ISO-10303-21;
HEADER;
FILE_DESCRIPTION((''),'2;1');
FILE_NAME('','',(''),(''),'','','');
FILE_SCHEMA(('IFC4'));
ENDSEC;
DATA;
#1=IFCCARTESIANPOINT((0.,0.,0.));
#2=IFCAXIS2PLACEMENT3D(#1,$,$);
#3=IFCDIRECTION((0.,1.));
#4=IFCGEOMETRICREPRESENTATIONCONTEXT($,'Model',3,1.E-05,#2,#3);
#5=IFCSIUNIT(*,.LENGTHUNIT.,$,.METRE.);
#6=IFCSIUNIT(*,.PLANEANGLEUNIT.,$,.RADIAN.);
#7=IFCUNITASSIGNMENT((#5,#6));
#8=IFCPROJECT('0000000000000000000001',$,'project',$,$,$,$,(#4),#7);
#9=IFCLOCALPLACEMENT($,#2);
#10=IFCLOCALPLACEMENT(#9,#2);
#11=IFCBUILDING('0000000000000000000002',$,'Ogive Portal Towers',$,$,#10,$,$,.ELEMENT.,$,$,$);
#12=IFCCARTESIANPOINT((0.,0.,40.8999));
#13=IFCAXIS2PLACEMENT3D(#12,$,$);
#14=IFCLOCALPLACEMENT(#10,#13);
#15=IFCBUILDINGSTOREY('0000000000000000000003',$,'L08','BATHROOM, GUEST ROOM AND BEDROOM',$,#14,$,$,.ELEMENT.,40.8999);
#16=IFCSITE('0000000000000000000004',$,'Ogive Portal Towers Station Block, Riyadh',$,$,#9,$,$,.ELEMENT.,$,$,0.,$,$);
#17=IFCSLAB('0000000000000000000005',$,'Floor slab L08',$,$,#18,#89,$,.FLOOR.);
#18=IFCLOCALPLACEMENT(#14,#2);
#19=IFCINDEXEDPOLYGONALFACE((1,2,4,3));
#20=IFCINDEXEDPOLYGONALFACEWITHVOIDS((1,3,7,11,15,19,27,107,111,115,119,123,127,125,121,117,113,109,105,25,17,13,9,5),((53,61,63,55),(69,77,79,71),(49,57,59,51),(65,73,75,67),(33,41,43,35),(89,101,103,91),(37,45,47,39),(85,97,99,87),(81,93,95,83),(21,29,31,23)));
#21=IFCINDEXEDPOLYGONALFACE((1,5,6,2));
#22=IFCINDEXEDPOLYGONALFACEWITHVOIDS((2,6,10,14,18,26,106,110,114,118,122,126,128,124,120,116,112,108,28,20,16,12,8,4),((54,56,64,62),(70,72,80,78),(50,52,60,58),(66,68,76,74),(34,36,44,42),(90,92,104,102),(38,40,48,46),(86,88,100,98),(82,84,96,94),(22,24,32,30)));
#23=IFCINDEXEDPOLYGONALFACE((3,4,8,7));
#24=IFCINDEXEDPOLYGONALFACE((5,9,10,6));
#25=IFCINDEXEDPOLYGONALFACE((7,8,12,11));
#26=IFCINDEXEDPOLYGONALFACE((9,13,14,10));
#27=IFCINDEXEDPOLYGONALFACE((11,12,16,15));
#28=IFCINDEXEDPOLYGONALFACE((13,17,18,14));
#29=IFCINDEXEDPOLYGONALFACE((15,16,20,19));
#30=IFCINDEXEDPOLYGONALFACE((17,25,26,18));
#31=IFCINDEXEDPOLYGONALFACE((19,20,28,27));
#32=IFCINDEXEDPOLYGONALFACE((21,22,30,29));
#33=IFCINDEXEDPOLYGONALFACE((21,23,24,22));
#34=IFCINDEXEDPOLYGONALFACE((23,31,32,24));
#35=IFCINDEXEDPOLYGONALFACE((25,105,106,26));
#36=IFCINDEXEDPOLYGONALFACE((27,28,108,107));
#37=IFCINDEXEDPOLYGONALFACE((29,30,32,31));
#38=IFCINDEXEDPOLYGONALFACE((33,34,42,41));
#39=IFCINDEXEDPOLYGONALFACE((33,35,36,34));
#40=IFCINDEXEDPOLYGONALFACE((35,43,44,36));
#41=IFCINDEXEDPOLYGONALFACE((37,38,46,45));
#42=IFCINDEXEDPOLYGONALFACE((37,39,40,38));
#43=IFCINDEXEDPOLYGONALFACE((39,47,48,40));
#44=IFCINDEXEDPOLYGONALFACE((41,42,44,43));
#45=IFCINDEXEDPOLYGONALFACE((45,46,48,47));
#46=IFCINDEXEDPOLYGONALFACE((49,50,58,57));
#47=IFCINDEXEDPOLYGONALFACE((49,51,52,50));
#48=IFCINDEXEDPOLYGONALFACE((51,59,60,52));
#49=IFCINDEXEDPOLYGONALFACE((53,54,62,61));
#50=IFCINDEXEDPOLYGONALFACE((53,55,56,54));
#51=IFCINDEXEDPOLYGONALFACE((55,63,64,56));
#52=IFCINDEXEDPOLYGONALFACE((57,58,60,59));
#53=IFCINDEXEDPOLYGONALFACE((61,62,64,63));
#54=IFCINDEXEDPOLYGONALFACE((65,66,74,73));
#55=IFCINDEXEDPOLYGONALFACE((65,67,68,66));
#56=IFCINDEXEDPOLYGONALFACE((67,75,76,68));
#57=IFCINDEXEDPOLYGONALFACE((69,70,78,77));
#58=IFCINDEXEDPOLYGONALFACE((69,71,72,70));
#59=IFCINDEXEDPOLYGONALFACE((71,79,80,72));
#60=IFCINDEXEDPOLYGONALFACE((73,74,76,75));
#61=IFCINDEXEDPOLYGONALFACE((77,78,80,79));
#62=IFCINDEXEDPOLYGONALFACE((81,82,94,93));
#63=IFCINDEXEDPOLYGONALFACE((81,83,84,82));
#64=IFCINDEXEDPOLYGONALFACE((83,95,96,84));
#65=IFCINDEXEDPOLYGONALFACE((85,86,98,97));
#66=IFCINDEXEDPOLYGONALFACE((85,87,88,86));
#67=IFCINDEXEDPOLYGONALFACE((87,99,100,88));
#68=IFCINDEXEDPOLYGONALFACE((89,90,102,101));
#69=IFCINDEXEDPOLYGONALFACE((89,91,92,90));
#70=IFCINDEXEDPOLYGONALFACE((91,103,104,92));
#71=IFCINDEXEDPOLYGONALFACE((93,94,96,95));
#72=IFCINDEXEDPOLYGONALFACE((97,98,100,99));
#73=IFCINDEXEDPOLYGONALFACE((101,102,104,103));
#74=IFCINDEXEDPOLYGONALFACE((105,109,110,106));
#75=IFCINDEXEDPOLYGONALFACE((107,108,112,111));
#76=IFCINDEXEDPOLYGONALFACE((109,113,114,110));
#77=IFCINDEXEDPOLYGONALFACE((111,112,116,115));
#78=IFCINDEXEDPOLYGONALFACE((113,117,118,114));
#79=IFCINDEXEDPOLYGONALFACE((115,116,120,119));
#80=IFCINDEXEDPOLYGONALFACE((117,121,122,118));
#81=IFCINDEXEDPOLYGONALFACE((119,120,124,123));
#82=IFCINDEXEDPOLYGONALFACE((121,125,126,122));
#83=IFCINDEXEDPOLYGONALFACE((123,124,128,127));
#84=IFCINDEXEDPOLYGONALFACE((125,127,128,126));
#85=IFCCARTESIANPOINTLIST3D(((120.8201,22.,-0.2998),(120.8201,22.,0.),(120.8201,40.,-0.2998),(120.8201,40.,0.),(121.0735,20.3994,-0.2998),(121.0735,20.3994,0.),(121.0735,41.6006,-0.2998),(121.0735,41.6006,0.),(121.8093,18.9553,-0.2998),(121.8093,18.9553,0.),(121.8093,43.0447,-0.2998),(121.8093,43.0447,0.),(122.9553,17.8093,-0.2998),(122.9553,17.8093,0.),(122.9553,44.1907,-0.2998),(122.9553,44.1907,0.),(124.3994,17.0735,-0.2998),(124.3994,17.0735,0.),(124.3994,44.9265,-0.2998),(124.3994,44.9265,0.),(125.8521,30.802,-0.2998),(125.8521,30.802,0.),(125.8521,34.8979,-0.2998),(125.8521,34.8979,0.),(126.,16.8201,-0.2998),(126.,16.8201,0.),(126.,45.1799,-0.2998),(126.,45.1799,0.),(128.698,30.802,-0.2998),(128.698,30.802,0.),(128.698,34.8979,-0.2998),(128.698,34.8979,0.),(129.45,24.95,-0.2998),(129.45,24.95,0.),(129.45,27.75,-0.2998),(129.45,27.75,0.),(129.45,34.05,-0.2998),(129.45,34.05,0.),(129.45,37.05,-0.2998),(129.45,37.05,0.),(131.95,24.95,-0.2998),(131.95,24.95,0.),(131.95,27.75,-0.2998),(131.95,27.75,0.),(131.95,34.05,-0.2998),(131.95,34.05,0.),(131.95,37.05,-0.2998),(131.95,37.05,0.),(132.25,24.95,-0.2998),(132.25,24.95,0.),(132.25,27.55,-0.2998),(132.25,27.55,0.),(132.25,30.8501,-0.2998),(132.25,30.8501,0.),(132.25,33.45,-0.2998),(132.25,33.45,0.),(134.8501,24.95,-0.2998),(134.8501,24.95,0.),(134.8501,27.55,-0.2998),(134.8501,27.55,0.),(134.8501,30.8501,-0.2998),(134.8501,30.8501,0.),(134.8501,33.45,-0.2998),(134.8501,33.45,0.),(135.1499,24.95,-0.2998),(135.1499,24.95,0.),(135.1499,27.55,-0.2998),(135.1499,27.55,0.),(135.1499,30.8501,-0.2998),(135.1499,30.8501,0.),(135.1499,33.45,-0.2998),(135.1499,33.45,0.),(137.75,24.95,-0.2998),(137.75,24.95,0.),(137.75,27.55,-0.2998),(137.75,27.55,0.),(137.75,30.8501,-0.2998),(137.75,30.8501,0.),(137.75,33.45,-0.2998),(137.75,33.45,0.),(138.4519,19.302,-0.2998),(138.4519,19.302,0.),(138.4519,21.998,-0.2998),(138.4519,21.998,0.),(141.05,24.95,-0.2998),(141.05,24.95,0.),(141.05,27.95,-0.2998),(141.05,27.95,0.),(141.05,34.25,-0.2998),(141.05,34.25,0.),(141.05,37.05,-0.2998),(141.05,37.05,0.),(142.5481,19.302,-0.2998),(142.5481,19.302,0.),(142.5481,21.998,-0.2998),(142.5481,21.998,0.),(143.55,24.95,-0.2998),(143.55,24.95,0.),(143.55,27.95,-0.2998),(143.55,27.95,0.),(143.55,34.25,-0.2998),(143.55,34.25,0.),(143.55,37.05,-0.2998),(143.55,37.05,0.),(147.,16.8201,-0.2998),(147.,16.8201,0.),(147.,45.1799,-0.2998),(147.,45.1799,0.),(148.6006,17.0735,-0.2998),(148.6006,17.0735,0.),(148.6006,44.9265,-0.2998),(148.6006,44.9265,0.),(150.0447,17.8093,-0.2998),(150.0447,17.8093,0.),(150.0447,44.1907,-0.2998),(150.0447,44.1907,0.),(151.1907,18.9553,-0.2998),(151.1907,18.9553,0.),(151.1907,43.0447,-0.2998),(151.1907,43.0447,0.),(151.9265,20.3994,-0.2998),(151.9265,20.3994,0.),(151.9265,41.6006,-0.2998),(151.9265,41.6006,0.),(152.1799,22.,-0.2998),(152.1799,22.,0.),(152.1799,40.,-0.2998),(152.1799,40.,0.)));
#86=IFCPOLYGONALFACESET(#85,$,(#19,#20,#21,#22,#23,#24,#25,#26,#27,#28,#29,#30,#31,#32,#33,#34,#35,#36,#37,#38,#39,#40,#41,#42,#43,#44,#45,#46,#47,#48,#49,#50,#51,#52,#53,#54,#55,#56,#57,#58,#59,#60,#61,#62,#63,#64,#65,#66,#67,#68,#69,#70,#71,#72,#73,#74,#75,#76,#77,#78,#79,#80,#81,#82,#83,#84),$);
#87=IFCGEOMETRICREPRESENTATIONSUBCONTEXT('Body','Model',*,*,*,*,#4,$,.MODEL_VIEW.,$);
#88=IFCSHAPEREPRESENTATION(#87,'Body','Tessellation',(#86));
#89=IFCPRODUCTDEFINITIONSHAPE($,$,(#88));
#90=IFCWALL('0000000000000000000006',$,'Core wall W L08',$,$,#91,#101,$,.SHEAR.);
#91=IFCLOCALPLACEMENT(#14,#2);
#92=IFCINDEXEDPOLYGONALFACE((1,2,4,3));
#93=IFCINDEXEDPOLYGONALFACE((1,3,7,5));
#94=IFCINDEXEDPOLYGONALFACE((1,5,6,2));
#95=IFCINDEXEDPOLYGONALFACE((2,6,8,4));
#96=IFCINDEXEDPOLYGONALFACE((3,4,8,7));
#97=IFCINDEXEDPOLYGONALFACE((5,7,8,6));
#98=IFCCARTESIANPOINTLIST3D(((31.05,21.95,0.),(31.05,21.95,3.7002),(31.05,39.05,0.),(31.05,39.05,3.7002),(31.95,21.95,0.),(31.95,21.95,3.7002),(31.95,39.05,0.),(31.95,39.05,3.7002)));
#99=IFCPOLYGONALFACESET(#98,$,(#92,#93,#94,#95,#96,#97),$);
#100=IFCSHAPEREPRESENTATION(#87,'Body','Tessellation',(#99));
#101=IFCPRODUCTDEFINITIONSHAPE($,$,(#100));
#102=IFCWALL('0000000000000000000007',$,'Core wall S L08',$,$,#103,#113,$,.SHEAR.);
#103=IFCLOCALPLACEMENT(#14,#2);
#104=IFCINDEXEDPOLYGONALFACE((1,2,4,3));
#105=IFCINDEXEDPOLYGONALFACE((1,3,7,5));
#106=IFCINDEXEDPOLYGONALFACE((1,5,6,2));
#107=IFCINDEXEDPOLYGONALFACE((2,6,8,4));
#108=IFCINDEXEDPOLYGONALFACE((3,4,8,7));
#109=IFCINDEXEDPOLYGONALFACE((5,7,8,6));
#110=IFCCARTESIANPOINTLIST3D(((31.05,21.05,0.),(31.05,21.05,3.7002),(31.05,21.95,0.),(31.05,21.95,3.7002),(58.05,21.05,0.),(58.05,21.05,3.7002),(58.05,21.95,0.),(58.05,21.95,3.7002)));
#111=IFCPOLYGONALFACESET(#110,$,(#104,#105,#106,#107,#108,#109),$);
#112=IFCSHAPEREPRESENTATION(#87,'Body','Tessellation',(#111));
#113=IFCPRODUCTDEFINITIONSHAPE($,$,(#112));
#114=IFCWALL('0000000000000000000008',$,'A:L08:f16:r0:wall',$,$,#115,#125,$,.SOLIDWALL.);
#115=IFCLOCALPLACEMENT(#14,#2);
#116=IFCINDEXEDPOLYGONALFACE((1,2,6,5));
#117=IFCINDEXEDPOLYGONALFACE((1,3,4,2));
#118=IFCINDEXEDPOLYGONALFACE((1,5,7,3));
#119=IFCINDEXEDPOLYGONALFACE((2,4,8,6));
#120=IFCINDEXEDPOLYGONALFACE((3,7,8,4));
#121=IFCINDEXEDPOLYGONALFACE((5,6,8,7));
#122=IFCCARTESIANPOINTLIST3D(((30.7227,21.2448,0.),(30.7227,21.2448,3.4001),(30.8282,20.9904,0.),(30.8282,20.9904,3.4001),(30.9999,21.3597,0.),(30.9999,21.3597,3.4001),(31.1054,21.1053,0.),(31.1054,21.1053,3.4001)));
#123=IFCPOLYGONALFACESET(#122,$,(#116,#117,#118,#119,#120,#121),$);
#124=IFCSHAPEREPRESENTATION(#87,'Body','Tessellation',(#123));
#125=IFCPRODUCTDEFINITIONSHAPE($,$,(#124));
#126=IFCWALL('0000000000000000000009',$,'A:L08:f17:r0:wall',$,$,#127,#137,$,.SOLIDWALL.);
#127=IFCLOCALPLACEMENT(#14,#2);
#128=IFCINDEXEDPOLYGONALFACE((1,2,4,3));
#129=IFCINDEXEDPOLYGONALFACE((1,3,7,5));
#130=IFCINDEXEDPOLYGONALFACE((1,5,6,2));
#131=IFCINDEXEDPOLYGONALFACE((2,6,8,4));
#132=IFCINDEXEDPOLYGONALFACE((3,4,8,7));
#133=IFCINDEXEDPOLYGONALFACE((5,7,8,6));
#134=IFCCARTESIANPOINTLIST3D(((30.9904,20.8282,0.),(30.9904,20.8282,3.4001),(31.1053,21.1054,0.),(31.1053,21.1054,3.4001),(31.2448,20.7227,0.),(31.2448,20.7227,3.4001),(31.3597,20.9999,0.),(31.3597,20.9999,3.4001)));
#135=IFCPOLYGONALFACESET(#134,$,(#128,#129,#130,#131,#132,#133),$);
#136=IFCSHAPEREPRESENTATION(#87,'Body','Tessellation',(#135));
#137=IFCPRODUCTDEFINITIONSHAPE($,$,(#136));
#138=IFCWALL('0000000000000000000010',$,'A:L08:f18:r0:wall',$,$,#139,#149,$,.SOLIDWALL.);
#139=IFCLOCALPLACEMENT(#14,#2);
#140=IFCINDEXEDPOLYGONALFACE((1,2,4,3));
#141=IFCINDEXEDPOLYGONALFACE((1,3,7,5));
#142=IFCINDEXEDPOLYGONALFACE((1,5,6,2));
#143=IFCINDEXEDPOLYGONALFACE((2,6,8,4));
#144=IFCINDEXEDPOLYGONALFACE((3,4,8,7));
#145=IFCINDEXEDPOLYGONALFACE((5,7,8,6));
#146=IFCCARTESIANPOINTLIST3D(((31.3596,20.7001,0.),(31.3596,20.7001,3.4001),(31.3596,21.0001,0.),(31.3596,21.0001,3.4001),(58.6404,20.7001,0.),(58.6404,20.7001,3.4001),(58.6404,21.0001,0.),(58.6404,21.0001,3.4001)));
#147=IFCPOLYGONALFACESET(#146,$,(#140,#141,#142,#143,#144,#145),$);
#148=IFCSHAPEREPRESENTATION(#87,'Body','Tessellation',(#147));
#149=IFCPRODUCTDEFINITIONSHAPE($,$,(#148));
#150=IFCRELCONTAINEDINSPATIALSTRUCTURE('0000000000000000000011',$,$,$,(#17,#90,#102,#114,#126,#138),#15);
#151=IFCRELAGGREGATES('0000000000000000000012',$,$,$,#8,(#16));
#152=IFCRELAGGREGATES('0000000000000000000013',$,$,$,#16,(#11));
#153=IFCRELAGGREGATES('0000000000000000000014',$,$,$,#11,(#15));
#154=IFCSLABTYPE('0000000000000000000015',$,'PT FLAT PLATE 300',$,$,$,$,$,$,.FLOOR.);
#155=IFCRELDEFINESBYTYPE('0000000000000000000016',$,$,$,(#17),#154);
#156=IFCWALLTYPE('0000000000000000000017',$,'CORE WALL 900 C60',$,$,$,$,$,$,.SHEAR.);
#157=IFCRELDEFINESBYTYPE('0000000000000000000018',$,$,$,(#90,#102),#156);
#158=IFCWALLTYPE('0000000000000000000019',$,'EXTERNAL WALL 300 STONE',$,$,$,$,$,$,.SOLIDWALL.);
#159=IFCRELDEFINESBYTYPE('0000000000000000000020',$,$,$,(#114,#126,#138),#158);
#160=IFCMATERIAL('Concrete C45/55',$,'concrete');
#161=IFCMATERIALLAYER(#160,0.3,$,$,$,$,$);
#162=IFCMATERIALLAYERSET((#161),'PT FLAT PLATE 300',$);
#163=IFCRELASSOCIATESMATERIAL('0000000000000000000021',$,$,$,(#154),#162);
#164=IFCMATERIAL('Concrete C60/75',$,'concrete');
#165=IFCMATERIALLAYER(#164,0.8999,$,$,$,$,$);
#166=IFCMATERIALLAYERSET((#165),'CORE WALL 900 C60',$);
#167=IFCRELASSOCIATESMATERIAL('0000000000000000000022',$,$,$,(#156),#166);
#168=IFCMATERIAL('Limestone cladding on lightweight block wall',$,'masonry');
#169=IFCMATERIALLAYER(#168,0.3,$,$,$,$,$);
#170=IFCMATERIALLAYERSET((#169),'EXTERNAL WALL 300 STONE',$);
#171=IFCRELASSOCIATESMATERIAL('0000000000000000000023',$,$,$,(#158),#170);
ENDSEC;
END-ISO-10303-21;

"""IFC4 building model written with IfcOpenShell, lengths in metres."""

from ifc_helpers import new_model, si_unit, direction, frame, frame_2d, origin, place, context, subcontext, project, spatial, polyline, rectangle, outline, extrude, material, layer, layer_set, type_object, element, save


model = new_model("IFC4")

# Units and contexts
model_context = context("Model", 3, precision=1e-05, world=origin(), true_north=direction((0.0, 1.0)))
body_context = subcontext(model_context, "Body", "Model", "MODEL_VIEW")
ifc_project = project(units=[si_unit("LENGTHUNIT", "METRE"), si_unit("PLANEANGLEUNIT", "RADIAN")], contexts=[model_context])

# Site, building, storey
site_placement = place(None, origin())
site = spatial("IfcSite", under=ifc_project, at=site_placement, Name="Ogive Portal Towers Station Block, Riyadh", CompositionType="ELEMENT", RefElevation=0.0)
building_placement = place(site_placement, origin())
building = spatial("IfcBuilding", under=site, at=building_placement, Name="Ogive Portal Towers", CompositionType="ELEMENT")
storey_placement = place(building_placement, frame((0.0, 0.0, 40.8999)))
storey = spatial("IfcBuildingStorey", under=building, at=storey_placement, Name="L08", Description="BATHROOM, GUEST ROOM AND BEDROOM", CompositionType="ELEMENT", Elevation=40.8999)

# Slab
ifc_material_1 = material(Name="Concrete C45/55", Category="concrete")
ifc_layer_1 = layer(ifc_material_1, 0.3)
ifc_layer_set_1 = layer_set([ifc_layer_1], Name="PT FLAT PLATE 300")
slab_type_1 = type_object("IfcSlabType", Name="PT FLAT PLATE 300", PredefinedType="FLOOR", material=ifc_layer_set_1)
slab_1_placement = place(storey_placement, frame((0.0, 0.0, -0.2998)))
element("IfcSlab", 1, at=slab_1_placement, inside=storey, type_object=slab_type_1, Name="Floor slab L08", PredefinedType="FLOOR", context=body_context, shape_type="SweptSolid", body=[
    extrude(outline(polyline([(120.8201, 40.0), (120.8201, 22.0), (121.0735, 20.3994), (121.8093, 18.9553), (122.9553, 17.8093), (124.3994, 17.0735), (126.0, 16.8201), (147.0, 16.8201), (148.6006, 17.0735), (150.0447, 17.8093), (151.1907, 18.9553), (151.9265, 20.3994), (152.1799, 22.0), (152.1799, 40.0), (151.9265, 41.6006), (151.1907, 43.0447), (150.0447, 44.1907), (148.6006, 44.9265), (147.0, 45.1799), (126.0, 45.1799), (124.3994, 44.9265), (122.9553, 44.1907), (121.8093, 43.0447), (121.0735, 41.6006), (120.8201, 40.0)]), holes=[polyline([(131.95, 27.75), (131.95, 24.95), (129.45, 24.95), (129.45, 27.75), (131.95, 27.75)]), polyline([(128.698, 34.8979), (128.698, 30.802), (125.8521, 30.802), (125.8521, 34.8979), (128.698, 34.8979)]), polyline([(131.95, 37.05), (131.95, 34.05), (129.45, 34.05), (129.45, 37.05), (131.95, 37.05)]), polyline([(138.4519, 21.998), (142.5481, 21.998), (142.5481, 19.302), (138.4519, 19.302), (138.4519, 21.998)]), polyline([(134.8501, 27.55), (134.8501, 24.95), (132.25, 24.95), (132.25, 27.55), (134.8501, 27.55)]), polyline([(137.75, 27.55), (137.75, 24.95), (135.1499, 24.95), (135.1499, 27.55), (137.75, 27.55)]), polyline([(143.55, 27.95), (143.55, 24.95), (141.05, 24.95), (141.05, 27.95), (143.55, 27.95)]), polyline([(134.8501, 33.45), (134.8501, 30.8501), (132.25, 30.8501), (132.25, 33.45), (134.8501, 33.45)]), polyline([(137.75, 33.45), (137.75, 30.8501), (135.1499, 30.8501), (135.1499, 33.45), (137.75, 33.45)]), polyline([(141.05, 37.05), (143.55, 37.05), (143.55, 34.25), (141.05, 34.25), (141.05, 37.05)])]), origin(), (0.0, 0.0, 1.0), 0.2998),
])

# Walls
ifc_material_2 = material(Name="Concrete C60/75", Category="concrete")
ifc_layer_2 = layer(ifc_material_2, 0.8999)
ifc_layer_set_2 = layer_set([ifc_layer_2], Name="CORE WALL 900 C60")
wall_type_1 = type_object("IfcWallType", Name="CORE WALL 900 C60", PredefinedType="SHEAR", material=ifc_layer_set_2)
wall_1_placement = place(storey_placement, frame((31.5, 21.95, 0.0), z_axis=(0.0, 0.0, 1.0), x_axis=(0.0, 1.0, 0.0)))
element("IfcWall", 2, at=wall_1_placement, inside=storey, type_object=wall_type_1, Name="Core wall W L08", PredefinedType="SHEAR", context=body_context, shape_type="SweptSolid", body=[
    extrude(rectangle(XDim=17.1001, YDim=0.8999, at=frame_2d((8.55, 0.0))), origin(), (0.0, 0.0, 1.0), 3.7002),
])
wall_2_placement = place(storey_placement, frame((31.05, 21.5, 0.0), z_axis=(0.0, 0.0, 1.0), x_axis=(1.0, 0.0, 0.0)))
element("IfcWall", 3, at=wall_2_placement, inside=storey, type_object=wall_type_1, Name="Core wall S L08", PredefinedType="SHEAR", context=body_context, shape_type="SweptSolid", body=[
    extrude(rectangle(XDim=27.0, YDim=0.8999, at=frame_2d((13.5, 0.0))), origin(), (0.0, 0.0, 1.0), 3.7002),
])
ifc_material_3 = material(Name="Limestone cladding on lightweight block wall", Category="masonry")
ifc_layer_3 = layer(ifc_material_3, 0.3)
ifc_layer_set_3 = layer_set([ifc_layer_3], Name="EXTERNAL WALL 300 STONE")
wall_type_2 = type_object("IfcWallType", Name="EXTERNAL WALL 300 STONE", PredefinedType="SOLIDWALL", material=ifc_layer_set_3)
for number, where, z_axis, x_axis, name in (
    (4, (30.8613, 21.3022, 0.0), (0.0, 0.0, 1.0), (0.382978, -0.923757, 0.0), "A:L08:f16:r0:wall"),
    (5, (31.0479, 20.9668, 0.0), (0.0, 0.0, 1.0), (0.923757, -0.382978, 0.0), "A:L08:f17:r0:wall"),
):
    element("IfcWall", number, at=place(storey_placement, frame(where, z_axis=z_axis, x_axis=x_axis)), inside=storey, type_object=wall_type_2, Name=name, PredefinedType="SOLIDWALL", context=body_context, shape_type="SweptSolid", body=[
        extrude(rectangle(XDim=0.2754, YDim=0.3, at=frame_2d((0.1377, 0.0))), origin(), (0.0, 0.0, 1.0), 3.4001),
    ])
wall_3_placement = place(storey_placement, frame((31.3596, 20.8501, 0.0), z_axis=(0.0, 0.0, 1.0), x_axis=(1.0, 0.0, 0.0)))
element("IfcWall", 6, at=wall_3_placement, inside=storey, type_object=wall_type_2, Name="A:L08:f18:r0:wall", PredefinedType="SOLIDWALL", context=body_context, shape_type="SweptSolid", body=[
    extrude(rectangle(XDim=27.2808, YDim=0.3, at=frame_2d((13.6404, 0.0))), origin(), (0.0, 0.0, 1.0), 3.4001),
])

save(model, "model.ifc")
